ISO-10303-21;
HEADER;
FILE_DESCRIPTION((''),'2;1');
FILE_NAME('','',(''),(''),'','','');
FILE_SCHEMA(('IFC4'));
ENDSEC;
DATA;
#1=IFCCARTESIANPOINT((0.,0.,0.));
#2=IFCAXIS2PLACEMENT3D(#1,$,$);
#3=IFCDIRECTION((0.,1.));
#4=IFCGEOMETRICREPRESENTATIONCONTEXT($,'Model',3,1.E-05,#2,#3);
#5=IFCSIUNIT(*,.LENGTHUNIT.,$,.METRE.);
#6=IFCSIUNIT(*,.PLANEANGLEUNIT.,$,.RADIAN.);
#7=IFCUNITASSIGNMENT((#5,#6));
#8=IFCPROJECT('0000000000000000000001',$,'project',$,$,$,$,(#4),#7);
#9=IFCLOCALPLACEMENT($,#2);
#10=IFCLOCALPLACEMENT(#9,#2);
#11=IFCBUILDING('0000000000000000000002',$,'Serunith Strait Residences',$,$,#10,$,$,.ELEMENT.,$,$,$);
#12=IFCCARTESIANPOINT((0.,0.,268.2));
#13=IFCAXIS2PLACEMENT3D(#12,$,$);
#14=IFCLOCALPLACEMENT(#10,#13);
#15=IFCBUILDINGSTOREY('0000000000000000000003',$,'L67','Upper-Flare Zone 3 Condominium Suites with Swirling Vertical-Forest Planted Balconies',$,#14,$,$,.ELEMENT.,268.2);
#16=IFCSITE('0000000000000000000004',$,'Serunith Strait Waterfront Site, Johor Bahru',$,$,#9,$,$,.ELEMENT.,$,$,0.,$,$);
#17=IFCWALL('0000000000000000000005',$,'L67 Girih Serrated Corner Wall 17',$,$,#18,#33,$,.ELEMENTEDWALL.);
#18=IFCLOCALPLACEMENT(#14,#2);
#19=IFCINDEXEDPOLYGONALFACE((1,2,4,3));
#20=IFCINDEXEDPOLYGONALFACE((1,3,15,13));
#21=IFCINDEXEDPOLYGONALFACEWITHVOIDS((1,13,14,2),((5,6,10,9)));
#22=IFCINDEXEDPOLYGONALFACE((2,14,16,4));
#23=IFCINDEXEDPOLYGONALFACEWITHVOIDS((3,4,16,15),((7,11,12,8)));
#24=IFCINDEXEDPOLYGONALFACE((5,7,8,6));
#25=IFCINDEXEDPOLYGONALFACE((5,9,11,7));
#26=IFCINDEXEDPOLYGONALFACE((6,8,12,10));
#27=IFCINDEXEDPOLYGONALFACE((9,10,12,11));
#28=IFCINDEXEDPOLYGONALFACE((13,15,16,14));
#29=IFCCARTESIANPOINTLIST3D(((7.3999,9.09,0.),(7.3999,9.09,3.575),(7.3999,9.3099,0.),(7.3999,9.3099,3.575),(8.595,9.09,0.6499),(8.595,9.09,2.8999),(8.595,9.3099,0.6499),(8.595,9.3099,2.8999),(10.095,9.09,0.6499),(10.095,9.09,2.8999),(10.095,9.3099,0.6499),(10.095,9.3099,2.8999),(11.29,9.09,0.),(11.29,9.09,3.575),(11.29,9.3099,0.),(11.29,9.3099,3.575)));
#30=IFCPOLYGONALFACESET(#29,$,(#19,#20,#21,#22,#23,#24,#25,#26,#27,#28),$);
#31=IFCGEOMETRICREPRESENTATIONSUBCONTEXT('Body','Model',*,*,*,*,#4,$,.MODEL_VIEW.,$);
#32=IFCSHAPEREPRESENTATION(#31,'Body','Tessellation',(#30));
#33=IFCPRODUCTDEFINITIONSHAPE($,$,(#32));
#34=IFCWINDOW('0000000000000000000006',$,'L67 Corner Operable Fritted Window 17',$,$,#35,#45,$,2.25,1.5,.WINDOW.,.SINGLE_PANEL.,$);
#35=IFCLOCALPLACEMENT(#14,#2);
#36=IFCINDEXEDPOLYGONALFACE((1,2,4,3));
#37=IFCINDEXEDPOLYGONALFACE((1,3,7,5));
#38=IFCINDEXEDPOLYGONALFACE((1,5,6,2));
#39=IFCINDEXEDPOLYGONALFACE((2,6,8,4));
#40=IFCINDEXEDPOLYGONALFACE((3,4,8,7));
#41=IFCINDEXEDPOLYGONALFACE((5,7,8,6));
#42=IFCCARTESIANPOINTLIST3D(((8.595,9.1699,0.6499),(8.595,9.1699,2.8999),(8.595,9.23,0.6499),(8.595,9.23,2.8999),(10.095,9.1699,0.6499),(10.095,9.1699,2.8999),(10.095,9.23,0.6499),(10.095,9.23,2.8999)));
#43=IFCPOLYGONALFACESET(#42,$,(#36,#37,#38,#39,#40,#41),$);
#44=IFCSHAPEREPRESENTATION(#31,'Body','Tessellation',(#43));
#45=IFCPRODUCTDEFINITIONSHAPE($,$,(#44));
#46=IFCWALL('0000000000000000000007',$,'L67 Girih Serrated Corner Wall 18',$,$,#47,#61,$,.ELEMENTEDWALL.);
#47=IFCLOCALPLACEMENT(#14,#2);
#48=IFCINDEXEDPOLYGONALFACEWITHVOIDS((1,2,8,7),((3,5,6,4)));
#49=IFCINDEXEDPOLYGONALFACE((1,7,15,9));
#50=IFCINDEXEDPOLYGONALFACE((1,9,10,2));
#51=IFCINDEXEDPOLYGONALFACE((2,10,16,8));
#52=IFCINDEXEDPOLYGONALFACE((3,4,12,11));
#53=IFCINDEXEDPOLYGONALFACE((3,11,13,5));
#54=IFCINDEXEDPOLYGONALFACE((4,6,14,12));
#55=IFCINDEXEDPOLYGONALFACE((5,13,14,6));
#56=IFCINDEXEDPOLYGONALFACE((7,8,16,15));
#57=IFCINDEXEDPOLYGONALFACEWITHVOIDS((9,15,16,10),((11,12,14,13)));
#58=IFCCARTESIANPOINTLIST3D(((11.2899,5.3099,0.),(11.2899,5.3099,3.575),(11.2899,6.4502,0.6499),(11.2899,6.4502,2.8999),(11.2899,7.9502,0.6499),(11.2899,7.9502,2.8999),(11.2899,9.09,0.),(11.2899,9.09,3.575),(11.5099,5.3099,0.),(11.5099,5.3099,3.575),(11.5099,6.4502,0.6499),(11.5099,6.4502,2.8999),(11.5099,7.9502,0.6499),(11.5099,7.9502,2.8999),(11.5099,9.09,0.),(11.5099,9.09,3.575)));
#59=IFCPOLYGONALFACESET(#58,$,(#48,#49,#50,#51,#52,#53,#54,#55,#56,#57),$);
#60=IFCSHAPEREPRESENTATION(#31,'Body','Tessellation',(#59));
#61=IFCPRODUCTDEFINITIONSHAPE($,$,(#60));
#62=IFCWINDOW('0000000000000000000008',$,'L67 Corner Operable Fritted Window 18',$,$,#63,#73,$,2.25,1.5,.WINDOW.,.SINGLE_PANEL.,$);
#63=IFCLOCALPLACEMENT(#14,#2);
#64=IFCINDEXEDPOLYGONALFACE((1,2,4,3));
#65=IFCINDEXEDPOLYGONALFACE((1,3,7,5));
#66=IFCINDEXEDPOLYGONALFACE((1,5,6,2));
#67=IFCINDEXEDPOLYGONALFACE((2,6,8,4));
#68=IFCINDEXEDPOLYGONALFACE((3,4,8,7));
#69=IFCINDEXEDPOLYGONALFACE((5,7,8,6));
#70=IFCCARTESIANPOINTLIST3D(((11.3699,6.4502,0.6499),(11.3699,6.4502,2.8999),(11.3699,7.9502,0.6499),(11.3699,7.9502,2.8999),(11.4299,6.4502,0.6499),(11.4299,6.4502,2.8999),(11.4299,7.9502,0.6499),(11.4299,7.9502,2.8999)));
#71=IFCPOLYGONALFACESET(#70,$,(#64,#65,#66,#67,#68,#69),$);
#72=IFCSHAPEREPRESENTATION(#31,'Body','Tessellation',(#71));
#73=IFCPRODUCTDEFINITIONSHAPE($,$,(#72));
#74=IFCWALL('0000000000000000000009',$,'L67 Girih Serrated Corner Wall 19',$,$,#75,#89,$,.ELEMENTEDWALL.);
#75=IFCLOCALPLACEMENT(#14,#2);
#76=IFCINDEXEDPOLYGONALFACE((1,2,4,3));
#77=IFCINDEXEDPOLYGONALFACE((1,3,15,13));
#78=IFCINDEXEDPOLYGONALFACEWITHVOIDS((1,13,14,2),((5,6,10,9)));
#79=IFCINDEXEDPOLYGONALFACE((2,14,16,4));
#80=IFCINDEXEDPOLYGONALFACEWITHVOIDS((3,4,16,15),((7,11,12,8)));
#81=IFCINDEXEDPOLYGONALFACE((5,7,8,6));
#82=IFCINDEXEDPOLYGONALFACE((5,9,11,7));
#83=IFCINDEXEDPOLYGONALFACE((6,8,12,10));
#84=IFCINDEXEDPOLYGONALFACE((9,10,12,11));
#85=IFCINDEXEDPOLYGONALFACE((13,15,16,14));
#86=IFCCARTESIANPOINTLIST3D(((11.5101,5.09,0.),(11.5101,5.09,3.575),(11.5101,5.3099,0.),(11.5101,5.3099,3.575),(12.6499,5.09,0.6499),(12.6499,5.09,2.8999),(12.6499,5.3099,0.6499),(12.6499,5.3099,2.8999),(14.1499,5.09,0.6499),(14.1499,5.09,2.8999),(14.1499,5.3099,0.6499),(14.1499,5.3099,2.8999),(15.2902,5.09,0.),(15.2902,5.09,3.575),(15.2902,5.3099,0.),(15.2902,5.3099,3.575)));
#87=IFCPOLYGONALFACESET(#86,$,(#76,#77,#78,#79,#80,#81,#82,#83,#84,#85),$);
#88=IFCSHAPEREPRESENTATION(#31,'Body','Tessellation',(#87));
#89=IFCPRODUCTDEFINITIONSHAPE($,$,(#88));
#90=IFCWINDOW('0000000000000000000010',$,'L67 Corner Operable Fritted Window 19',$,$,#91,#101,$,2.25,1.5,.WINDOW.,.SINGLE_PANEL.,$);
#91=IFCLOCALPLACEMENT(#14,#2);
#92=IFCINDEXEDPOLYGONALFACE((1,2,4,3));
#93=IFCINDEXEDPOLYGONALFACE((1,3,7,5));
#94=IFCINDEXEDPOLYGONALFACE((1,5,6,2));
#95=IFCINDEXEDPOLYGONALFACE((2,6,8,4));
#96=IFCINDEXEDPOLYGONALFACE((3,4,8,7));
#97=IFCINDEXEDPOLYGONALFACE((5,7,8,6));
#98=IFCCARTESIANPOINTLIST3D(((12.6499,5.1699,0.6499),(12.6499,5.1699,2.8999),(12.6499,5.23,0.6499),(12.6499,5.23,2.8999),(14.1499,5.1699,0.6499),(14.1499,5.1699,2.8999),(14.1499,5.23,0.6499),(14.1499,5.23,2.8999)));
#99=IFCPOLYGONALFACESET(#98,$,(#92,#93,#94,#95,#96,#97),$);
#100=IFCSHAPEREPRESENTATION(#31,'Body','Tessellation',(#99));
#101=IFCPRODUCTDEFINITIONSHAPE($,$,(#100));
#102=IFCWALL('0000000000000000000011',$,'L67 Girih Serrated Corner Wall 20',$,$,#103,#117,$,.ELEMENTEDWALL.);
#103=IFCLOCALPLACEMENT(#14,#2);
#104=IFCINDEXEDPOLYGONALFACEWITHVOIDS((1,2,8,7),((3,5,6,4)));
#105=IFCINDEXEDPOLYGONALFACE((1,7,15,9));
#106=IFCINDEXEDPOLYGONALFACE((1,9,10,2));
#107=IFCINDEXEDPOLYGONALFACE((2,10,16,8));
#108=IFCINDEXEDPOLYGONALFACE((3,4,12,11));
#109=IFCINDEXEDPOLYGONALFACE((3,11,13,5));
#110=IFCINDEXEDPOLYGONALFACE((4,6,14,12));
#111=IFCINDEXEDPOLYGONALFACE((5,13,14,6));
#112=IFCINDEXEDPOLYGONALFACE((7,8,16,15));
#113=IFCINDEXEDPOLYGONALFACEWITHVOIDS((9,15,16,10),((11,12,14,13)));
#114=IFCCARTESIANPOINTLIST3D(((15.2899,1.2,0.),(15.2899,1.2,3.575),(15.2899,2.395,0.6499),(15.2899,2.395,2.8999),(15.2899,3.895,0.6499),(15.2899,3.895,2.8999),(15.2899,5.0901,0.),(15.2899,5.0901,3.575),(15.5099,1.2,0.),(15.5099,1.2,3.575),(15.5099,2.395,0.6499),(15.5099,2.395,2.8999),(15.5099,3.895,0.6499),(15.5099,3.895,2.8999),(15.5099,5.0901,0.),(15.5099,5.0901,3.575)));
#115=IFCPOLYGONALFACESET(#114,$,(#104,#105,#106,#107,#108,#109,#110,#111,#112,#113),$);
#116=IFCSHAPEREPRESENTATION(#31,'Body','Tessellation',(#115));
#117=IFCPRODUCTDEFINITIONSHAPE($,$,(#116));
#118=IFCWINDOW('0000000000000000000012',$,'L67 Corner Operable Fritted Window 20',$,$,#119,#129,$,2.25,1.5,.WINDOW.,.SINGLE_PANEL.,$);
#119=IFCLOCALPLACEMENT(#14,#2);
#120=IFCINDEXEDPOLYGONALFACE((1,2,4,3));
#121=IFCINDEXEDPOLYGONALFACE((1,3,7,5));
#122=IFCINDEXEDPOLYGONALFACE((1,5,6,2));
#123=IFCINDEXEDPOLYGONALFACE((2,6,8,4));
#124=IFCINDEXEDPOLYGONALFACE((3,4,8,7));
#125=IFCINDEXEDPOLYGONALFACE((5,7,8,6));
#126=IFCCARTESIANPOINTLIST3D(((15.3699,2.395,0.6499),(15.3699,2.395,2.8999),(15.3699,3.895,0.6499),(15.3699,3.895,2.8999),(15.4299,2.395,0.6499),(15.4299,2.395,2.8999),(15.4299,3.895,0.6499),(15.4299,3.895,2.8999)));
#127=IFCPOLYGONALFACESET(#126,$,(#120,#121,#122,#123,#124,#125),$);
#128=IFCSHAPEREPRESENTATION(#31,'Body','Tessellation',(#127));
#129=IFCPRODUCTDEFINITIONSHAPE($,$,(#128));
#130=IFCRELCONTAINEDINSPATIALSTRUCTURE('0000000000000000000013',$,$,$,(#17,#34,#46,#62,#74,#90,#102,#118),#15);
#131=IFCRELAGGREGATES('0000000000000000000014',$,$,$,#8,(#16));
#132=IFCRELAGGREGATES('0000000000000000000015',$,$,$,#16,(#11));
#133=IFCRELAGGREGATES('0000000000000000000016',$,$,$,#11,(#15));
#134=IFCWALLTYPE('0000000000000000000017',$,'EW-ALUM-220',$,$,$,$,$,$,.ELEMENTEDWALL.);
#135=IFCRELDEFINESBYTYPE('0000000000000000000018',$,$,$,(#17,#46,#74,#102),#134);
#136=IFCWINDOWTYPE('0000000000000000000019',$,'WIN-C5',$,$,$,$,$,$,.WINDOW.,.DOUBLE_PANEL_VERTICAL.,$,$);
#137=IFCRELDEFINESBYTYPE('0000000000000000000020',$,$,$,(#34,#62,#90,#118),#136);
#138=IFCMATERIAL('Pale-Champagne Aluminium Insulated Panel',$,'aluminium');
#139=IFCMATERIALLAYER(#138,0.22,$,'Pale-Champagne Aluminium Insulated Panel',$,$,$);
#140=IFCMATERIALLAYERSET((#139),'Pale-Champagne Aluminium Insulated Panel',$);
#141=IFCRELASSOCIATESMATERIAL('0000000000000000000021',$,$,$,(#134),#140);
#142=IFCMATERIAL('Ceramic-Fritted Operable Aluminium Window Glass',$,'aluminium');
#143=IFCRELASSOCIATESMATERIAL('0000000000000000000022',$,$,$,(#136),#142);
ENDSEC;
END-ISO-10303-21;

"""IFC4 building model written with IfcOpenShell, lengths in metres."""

from ifc_helpers import new_model, si_unit, direction, frame, frame_2d, origin, place, context, subcontext, project, spatial, rectangle, extrude, source, transform, mapped, material, layer, layer_set, type_object, element, fill, save


model = new_model("IFC4")

# Units and contexts
model_context = context("Model", 3, precision=1e-05, world=origin(), true_north=direction((0.0, 1.0)))
body_context = subcontext(model_context, "Body", "Model", "MODEL_VIEW")
ifc_project = project(units=[si_unit("LENGTHUNIT", "METRE"), si_unit("PLANEANGLEUNIT", "RADIAN")], contexts=[model_context])

# Site, building, storey
site_placement = place(None, origin())
site = spatial("IfcSite", under=ifc_project, at=site_placement, Name="Serunith Strait Waterfront Site, Johor Bahru", CompositionType="ELEMENT", RefElevation=0.0)
building_placement = place(site_placement, origin())
building = spatial("IfcBuilding", under=site, at=building_placement, Name="Serunith Strait Residences", CompositionType="ELEMENT")
storey_placement = place(building_placement, frame((0.0, 0.0, 268.2)))
storey = spatial("IfcBuildingStorey", under=building, at=storey_placement, Name="L67", Description="Upper-Flare Zone 3 Condominium Suites with Swirling Vertical-Forest Planted Balconies", CompositionType="ELEMENT", Elevation=268.2)

# Walls, openings, windows
ifc_material_1 = material(Name="Pale-Champagne Aluminium Insulated Panel", Category="aluminium")
ifc_layer_1 = layer(ifc_material_1, 0.22, Name="Pale-Champagne Aluminium Insulated Panel")
ifc_layer_set_1 = layer_set([ifc_layer_1], Name="Pale-Champagne Aluminium Insulated Panel")
wall_type = type_object("IfcWallType", Name="EW-ALUM-220", PredefinedType="ELEMENTEDWALL", material=ifc_layer_set_1)
wall_1_placement = place(storey_placement, frame((7.3999, 9.2, 0.0), z_axis=(0.0, 0.0, 1.0), x_axis=(1.0, 0.0, 0.0)))
wall_1 = element("IfcWall", 1, at=wall_1_placement, inside=storey, type_object=wall_type, Name="L67 Girih Serrated Corner Wall 17", PredefinedType="ELEMENTEDWALL", context=body_context, shape_type="SweptSolid", body=[
    extrude(rectangle(XDim=3.8901, YDim=0.22, at=frame_2d((1.9451, 0.0))), origin(), (0.0, 0.0, 1.0), 3.575),
])
opening_1_placement = place(wall_1_placement, frame((1.1951, 0.0, 0.6499)))
opening_1 = element("IfcOpeningElement", 2, at=opening_1_placement, cuts=wall_1, PredefinedType="OPENING", context=body_context, shape_type="SweptSolid", body=[
    extrude(rectangle(XDim=1.5, YDim=2.25, at=frame_2d((0.75, 1.125))), frame((0.0, 0.1201, 0.0), z_axis=(0.0, -1.0, 0.0), x_axis=(1.0, 0.0, 0.0)), (0.0, 0.0, 1.0), 0.24),
])
ifc_material_2 = material(Name="Ceramic-Fritted Operable Aluminium Window Glass", Category="aluminium")
window_type = type_object("IfcWindowType", Name="WIN-C5", PartitioningType="DOUBLE_PANEL_VERTICAL", PredefinedType="WINDOW", material=ifc_material_2)
shared_shape_1 = source(origin(), body_context, "Body", "SweptSolid", [
    extrude(rectangle(XDim=1.5, YDim=2.25, at=frame_2d((0.75, 1.125))), frame((0.0, 0.03, 0.0), z_axis=(0.0, -1.0, 0.0), x_axis=(1.0, 0.0, 0.0)), (0.0, 0.0, 1.0), 0.0601),
])
window_1_placement = place(opening_1_placement, origin())
window_1 = element("IfcWindow", 3, at=window_1_placement, inside=storey, type_object=window_type, Name="L67 Corner Operable Fritted Window 17", OverallHeight=2.25, OverallWidth=1.5, PartitioningType="SINGLE_PANEL", PredefinedType="WINDOW", context=body_context, shape_type="MappedRepresentation", body=[
    mapped(shared_shape_1, transform((0.0, 0.0, 0.0), scale=1.0)),
])
fill(opening_1, window_1)
wall_2_placement = place(storey_placement, frame((11.3999, 9.0901, 0.0), z_axis=(0.0, 0.0, 1.0), x_axis=(0.0, -1.0, 0.0)))
wall_2 = element("IfcWall", 4, at=wall_2_placement, inside=storey, type_object=wall_type, Name="L67 Girih Serrated Corner Wall 18", PredefinedType="ELEMENTEDWALL", context=body_context, shape_type="SweptSolid", body=[
    extrude(rectangle(XDim=3.78, YDim=0.22, at=frame_2d((1.8901, 0.0))), origin(), (0.0, 0.0, 1.0), 3.575),
])
opening_2_placement = place(wall_2_placement, frame((1.1399, 0.0, 0.6499)))
opening_2 = element("IfcOpeningElement", 5, at=opening_2_placement, cuts=wall_2, PredefinedType="OPENING", context=body_context, shape_type="SweptSolid", body=[
    extrude(rectangle(XDim=1.5, YDim=2.25, at=frame_2d((0.75, 1.125))), frame((0.0, 0.1201, 0.0), z_axis=(0.0, -1.0, 0.0), x_axis=(1.0, 0.0, 0.0)), (0.0, 0.0, 1.0), 0.24),
])
window_2_placement = place(opening_2_placement, origin())
window_2 = element("IfcWindow", 6, at=window_2_placement, inside=storey, type_object=window_type, Name="L67 Corner Operable Fritted Window 18", OverallHeight=2.25, OverallWidth=1.5, PartitioningType="SINGLE_PANEL", PredefinedType="WINDOW", context=body_context, shape_type="MappedRepresentation", body=[
    mapped(shared_shape_1, transform((0.0, 0.0, 0.0), scale=1.0)),
])
fill(opening_2, window_2)
wall_3_placement = place(storey_placement, frame((11.51, 5.2, 0.0), z_axis=(0.0, 0.0, 1.0), x_axis=(1.0, 0.0, 0.0)))
wall_3 = element("IfcWall", 7, at=wall_3_placement, inside=storey, type_object=wall_type, Name="L67 Girih Serrated Corner Wall 19", PredefinedType="ELEMENTEDWALL", context=body_context, shape_type="SweptSolid", body=[
    extrude(rectangle(XDim=3.78, YDim=0.22, at=frame_2d((1.8901, 0.0))), origin(), (0.0, 0.0, 1.0), 3.575),
])
opening_3_placement = place(wall_3_placement, frame((1.1399, 0.0, 0.6499)))
opening_3 = element("IfcOpeningElement", 8, at=opening_3_placement, cuts=wall_3, PredefinedType="OPENING", context=body_context, shape_type="SweptSolid", body=[
    extrude(rectangle(XDim=1.5, YDim=2.25, at=frame_2d((0.75, 1.125))), frame((0.0, 0.1201, 0.0), z_axis=(0.0, -1.0, 0.0), x_axis=(1.0, 0.0, 0.0)), (0.0, 0.0, 1.0), 0.24),
])
window_3_placement = place(opening_3_placement, origin())
window_3 = element("IfcWindow", 9, at=window_3_placement, inside=storey, type_object=window_type, Name="L67 Corner Operable Fritted Window 19", OverallHeight=2.25, OverallWidth=1.5, PartitioningType="SINGLE_PANEL", PredefinedType="WINDOW", context=body_context, shape_type="MappedRepresentation", body=[
    mapped(shared_shape_1, transform((0.0, 0.0, 0.0), scale=1.0)),
])
fill(opening_3, window_3)
wall_4_placement = place(storey_placement, frame((15.3999, 5.0901, 0.0), z_axis=(0.0, 0.0, 1.0), x_axis=(0.0, -1.0, 0.0)))
wall_4 = element("IfcWall", 10, at=wall_4_placement, inside=storey, type_object=wall_type, Name="L67 Girih Serrated Corner Wall 20", PredefinedType="ELEMENTEDWALL", context=body_context, shape_type="SweptSolid", body=[
    extrude(rectangle(XDim=3.8901, YDim=0.22, at=frame_2d((1.9451, 0.0))), origin(), (0.0, 0.0, 1.0), 3.575),
])
opening_4_placement = place(wall_4_placement, frame((1.1951, 0.0, 0.6499)))
opening_4 = element("IfcOpeningElement", 11, at=opening_4_placement, cuts=wall_4, PredefinedType="OPENING", context=body_context, shape_type="SweptSolid", body=[
    extrude(rectangle(XDim=1.5, YDim=2.25, at=frame_2d((0.75, 1.125))), frame((0.0, 0.1201, 0.0), z_axis=(0.0, -1.0, 0.0), x_axis=(1.0, 0.0, 0.0)), (0.0, 0.0, 1.0), 0.24),
])
window_4_placement = place(opening_4_placement, origin())
window_4 = element("IfcWindow", 12, at=window_4_placement, inside=storey, type_object=window_type, Name="L67 Corner Operable Fritted Window 20", OverallHeight=2.25, OverallWidth=1.5, PartitioningType="SINGLE_PANEL", PredefinedType="WINDOW", context=body_context, shape_type="MappedRepresentation", body=[
    mapped(shared_shape_1, transform((0.0, 0.0, 0.0), scale=1.0)),
])
fill(opening_4, window_4)

save(model, "model.ifc")
